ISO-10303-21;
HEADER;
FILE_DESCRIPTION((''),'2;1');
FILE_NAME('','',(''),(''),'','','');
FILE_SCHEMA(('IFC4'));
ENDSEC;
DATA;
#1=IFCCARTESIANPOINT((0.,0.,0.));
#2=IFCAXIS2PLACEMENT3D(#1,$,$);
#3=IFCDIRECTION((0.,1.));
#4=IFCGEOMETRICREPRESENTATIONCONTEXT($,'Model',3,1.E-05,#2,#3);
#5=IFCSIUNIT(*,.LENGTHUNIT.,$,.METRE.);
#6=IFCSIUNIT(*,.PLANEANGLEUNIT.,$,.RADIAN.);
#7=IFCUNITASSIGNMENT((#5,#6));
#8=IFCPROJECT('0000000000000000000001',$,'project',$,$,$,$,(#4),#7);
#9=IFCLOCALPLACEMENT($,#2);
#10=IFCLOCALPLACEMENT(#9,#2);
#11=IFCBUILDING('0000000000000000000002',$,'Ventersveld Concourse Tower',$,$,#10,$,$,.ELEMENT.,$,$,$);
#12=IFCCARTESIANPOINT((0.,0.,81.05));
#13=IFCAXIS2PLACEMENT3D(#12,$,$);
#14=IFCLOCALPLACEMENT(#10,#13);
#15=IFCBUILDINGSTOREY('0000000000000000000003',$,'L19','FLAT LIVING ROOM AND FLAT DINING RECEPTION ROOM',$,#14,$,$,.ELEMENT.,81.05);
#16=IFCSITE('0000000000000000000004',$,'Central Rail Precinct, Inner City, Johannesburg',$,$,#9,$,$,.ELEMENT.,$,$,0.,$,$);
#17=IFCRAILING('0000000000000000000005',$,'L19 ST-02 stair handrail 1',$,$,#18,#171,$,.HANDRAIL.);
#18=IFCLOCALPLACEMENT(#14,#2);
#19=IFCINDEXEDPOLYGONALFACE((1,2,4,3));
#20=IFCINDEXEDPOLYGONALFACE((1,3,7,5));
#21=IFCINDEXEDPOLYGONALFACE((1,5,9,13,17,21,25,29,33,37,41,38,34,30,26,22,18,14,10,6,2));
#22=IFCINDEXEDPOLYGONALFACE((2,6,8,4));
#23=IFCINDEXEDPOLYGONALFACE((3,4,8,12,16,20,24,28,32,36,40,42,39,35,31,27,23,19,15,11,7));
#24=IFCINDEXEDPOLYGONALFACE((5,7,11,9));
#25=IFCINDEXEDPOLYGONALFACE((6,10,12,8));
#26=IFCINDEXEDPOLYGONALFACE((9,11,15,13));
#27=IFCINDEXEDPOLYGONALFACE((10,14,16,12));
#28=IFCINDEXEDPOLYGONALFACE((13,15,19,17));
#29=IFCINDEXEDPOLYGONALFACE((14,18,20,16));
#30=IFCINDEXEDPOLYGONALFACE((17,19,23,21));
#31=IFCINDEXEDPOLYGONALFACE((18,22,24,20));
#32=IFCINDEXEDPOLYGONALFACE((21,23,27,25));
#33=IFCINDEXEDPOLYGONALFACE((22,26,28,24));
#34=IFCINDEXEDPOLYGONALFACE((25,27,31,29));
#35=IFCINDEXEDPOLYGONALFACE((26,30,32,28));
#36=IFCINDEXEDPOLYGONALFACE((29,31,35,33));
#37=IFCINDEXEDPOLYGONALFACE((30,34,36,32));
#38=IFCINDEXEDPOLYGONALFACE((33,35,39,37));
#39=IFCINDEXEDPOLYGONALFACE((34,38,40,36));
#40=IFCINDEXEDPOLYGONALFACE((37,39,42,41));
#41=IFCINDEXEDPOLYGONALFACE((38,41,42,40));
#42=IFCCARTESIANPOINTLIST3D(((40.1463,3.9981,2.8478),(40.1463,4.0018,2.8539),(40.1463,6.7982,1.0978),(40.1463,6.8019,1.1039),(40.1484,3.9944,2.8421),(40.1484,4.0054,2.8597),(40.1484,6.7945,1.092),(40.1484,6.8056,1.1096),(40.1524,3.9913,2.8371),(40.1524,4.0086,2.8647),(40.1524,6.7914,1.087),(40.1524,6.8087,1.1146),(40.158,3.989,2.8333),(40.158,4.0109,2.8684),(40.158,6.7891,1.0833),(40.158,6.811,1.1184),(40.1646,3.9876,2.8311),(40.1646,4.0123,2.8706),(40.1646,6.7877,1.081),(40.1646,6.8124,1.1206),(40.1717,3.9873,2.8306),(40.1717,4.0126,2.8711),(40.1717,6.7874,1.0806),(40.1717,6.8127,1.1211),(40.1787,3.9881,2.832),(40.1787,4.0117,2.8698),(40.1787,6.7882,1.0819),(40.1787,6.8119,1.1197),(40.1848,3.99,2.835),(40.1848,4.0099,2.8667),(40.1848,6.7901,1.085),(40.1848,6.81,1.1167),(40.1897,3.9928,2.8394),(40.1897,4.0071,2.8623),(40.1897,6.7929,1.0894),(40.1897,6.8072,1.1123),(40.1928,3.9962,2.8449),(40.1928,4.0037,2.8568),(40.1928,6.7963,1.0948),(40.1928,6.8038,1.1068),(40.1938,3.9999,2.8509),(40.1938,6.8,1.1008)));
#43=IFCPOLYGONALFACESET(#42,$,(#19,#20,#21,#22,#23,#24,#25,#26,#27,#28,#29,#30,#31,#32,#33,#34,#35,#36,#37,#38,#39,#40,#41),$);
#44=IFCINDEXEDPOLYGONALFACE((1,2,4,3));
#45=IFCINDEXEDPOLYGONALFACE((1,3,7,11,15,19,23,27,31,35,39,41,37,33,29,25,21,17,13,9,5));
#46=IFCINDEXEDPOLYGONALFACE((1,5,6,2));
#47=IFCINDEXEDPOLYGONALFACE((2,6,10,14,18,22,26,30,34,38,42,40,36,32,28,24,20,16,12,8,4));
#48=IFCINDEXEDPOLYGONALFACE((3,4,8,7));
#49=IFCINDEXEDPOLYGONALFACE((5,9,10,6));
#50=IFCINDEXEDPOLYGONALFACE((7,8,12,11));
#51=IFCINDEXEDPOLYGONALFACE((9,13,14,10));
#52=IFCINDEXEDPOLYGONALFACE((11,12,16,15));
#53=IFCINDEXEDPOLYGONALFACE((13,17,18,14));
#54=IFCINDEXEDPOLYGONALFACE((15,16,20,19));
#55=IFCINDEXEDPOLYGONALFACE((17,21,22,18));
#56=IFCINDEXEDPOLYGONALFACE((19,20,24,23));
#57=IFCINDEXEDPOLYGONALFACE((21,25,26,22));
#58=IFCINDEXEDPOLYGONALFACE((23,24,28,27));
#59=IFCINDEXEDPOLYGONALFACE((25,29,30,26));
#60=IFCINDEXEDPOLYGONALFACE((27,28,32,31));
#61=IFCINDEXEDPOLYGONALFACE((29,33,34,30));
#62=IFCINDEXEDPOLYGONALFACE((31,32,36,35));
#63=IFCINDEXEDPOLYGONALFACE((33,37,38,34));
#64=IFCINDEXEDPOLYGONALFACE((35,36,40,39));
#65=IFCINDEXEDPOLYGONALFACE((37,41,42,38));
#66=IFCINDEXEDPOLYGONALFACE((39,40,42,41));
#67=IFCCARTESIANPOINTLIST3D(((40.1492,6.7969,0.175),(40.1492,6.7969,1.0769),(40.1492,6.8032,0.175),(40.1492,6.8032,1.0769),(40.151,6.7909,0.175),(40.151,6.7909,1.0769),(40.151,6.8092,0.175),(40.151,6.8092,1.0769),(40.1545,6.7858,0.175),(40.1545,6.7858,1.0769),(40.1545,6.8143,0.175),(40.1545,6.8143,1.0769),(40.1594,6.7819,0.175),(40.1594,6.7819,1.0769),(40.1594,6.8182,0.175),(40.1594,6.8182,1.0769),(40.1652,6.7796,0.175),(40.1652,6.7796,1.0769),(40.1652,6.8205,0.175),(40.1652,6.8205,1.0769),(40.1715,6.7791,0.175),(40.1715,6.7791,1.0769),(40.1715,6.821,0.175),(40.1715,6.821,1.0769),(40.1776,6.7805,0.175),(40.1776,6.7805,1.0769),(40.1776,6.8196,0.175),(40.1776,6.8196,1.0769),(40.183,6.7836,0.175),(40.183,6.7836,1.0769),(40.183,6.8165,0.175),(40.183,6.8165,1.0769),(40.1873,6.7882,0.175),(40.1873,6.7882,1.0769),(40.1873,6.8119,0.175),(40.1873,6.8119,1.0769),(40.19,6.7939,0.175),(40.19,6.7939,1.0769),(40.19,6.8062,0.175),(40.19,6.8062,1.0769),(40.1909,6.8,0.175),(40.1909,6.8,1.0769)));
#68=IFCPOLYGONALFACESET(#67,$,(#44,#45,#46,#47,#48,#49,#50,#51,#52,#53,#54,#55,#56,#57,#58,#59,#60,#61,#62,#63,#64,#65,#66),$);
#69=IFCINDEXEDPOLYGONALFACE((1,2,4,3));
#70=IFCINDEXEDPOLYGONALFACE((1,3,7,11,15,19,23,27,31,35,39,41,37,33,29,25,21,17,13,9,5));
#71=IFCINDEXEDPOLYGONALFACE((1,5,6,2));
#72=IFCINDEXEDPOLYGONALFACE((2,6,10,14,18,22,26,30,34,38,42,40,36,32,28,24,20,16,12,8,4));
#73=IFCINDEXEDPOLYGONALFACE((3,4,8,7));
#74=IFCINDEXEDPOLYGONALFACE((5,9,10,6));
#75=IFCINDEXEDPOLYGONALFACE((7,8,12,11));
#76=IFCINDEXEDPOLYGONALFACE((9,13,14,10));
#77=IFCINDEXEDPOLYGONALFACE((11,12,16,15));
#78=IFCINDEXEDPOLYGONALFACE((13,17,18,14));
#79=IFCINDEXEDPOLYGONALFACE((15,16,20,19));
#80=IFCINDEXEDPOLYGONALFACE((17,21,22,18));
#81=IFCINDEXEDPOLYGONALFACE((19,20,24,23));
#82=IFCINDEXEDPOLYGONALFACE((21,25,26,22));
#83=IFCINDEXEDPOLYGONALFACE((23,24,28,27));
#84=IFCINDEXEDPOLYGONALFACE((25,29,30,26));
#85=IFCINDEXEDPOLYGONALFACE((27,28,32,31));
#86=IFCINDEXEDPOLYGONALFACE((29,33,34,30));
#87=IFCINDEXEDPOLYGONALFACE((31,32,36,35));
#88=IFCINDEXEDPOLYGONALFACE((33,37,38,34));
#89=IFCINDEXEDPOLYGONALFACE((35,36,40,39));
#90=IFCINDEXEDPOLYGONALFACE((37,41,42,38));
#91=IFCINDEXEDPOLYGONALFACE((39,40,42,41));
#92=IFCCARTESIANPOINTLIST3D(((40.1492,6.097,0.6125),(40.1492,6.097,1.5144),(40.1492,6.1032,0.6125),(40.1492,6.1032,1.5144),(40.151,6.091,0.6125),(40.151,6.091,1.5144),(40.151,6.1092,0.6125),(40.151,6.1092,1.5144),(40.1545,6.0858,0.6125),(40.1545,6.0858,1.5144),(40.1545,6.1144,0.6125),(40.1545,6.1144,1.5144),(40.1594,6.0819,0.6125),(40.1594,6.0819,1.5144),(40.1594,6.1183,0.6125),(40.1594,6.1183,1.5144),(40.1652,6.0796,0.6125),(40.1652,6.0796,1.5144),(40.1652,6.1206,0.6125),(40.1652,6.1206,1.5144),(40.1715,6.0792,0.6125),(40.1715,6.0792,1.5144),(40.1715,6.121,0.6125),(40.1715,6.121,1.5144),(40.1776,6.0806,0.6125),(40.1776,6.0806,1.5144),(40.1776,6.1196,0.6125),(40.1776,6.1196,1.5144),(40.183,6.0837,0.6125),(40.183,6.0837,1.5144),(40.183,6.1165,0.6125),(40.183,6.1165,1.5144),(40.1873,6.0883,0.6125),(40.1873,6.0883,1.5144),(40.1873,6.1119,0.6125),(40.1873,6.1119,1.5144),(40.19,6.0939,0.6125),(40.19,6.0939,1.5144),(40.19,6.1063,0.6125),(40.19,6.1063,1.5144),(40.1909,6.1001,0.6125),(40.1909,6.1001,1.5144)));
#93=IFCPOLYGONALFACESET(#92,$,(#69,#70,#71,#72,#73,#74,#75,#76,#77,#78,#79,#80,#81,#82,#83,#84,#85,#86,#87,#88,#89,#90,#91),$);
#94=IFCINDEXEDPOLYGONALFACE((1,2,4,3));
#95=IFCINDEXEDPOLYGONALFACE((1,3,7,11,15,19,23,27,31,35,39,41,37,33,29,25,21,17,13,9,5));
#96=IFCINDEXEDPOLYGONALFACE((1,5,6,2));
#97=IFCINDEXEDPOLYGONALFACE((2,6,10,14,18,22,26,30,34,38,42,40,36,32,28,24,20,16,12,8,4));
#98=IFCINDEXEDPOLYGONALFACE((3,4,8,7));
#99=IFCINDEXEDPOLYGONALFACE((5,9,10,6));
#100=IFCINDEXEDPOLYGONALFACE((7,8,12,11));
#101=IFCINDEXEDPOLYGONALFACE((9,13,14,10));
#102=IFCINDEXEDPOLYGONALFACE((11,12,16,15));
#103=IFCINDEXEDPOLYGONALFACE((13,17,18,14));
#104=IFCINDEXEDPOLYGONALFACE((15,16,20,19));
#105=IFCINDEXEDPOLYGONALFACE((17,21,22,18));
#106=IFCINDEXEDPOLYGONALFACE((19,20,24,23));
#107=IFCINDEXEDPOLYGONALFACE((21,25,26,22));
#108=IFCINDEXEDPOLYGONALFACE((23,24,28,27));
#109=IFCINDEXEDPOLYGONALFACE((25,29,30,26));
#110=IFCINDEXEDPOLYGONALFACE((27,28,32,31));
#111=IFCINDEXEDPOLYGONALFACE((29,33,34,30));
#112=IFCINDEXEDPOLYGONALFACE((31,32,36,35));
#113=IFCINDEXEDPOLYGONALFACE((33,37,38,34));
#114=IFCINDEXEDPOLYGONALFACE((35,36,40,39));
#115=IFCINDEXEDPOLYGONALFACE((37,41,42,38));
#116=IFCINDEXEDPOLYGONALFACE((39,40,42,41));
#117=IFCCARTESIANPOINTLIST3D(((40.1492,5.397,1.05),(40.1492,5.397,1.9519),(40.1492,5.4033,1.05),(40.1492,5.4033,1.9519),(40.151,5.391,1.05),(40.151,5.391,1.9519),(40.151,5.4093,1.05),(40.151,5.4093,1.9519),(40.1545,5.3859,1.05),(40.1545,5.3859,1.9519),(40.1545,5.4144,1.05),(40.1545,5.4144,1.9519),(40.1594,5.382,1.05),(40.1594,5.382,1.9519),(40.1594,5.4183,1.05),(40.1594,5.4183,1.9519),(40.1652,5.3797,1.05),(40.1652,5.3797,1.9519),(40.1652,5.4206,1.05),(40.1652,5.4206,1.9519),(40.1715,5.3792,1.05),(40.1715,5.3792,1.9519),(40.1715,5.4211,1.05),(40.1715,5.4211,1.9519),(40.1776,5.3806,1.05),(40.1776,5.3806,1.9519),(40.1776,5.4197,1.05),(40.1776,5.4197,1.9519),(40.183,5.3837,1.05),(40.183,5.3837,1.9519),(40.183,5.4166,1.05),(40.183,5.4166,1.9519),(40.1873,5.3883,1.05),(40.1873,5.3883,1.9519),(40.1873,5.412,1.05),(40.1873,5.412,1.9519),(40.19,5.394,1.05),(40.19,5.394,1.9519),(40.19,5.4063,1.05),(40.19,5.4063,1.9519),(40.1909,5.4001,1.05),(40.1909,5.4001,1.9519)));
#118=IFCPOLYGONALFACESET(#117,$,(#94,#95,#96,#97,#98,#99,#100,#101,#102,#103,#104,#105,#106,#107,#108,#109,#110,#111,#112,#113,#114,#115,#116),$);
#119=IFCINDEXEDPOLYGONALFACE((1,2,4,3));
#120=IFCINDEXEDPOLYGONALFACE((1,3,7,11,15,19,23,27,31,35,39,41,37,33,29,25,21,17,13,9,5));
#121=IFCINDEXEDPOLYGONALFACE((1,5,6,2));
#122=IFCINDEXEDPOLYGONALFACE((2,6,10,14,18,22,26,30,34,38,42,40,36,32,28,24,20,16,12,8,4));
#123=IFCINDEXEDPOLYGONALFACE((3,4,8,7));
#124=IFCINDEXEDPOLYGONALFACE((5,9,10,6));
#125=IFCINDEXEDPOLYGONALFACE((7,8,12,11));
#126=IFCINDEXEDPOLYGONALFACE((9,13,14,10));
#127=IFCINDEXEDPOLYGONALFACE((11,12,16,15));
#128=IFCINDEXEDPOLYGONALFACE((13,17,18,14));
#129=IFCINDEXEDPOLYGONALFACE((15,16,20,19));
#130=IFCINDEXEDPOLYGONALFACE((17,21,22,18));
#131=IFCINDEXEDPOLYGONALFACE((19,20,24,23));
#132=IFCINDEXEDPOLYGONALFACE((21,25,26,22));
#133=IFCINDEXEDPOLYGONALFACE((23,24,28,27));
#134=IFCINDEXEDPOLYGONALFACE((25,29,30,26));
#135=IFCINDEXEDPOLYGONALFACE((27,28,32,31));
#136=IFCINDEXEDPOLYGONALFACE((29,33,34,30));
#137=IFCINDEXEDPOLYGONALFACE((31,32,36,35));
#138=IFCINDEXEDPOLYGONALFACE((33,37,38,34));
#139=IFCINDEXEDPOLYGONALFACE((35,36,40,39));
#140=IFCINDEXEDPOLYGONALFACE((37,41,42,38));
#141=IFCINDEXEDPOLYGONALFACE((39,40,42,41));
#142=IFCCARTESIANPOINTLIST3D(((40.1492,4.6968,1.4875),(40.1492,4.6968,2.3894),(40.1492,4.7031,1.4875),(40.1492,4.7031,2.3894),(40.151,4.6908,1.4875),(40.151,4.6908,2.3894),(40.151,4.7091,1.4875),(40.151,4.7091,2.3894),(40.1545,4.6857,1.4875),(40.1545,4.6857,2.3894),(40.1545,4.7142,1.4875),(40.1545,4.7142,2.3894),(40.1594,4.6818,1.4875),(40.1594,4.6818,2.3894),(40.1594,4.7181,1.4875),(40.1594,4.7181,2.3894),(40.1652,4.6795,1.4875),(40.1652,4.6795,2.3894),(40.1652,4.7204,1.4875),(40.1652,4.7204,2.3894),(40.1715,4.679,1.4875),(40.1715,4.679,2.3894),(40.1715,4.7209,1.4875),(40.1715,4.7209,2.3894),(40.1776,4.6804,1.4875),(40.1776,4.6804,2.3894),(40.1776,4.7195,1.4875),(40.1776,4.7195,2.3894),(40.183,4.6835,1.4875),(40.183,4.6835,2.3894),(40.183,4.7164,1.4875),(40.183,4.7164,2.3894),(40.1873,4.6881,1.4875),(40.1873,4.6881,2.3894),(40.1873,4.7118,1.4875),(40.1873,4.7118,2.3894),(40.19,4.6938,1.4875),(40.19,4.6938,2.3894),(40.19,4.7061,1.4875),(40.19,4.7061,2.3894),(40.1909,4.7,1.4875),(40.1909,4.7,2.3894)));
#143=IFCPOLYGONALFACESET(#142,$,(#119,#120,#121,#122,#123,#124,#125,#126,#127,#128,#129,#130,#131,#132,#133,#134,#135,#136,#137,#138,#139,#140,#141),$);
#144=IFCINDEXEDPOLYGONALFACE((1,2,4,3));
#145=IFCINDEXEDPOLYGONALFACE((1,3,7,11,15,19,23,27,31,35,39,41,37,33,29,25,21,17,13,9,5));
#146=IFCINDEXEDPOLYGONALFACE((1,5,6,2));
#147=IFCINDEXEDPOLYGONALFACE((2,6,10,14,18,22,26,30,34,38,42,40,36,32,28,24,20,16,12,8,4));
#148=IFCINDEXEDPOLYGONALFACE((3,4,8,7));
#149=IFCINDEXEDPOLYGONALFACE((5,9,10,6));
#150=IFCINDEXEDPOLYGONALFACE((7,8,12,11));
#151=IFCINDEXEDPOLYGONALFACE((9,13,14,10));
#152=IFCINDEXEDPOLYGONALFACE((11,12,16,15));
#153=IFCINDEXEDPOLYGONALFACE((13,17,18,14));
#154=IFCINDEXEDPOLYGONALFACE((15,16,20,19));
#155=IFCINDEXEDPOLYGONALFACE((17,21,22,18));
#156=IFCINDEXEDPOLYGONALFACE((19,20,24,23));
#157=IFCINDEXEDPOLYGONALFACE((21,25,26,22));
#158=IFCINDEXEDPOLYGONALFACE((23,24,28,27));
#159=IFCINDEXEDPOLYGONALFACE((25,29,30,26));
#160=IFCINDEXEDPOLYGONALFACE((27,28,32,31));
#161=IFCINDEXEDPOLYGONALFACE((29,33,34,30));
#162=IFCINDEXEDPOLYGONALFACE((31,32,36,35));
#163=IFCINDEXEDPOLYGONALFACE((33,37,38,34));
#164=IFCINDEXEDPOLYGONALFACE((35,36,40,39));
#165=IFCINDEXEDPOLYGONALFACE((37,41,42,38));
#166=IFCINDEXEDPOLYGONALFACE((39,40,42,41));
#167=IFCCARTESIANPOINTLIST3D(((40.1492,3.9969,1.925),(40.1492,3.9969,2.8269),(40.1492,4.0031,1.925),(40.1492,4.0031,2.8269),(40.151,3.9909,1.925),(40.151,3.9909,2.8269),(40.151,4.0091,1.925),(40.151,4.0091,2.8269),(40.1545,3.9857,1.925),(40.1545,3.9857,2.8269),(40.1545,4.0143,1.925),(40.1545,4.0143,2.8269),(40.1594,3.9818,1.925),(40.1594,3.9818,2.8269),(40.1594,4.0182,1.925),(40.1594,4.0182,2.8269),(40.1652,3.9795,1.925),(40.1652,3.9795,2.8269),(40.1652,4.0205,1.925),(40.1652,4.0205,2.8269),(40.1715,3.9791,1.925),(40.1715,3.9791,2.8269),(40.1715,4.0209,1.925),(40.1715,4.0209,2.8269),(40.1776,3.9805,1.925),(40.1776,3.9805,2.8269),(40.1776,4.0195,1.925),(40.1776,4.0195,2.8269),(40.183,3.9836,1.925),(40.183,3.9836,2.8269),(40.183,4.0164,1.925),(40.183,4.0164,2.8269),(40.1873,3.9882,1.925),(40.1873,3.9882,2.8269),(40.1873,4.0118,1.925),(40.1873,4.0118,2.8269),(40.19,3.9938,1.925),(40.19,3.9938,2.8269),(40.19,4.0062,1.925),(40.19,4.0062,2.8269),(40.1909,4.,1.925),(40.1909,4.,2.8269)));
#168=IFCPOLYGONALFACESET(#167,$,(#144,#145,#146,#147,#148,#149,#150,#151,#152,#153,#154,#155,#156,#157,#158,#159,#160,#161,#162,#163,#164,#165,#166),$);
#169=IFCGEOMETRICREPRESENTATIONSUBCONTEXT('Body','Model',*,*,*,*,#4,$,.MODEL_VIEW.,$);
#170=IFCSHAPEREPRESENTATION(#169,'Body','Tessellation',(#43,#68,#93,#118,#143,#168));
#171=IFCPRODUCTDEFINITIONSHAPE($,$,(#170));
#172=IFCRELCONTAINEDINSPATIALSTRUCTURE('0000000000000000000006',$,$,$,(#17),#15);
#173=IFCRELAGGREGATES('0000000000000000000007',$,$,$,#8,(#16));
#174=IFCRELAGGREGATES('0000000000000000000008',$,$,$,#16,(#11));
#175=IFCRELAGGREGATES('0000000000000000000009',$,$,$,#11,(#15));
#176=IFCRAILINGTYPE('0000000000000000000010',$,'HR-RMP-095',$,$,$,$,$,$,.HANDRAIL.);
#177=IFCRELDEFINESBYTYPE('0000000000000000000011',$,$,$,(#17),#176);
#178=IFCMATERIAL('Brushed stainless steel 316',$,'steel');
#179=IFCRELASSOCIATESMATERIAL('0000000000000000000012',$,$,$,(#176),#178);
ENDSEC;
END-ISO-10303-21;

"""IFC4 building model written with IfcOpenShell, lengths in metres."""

from ifc_helpers import new_model, si_unit, direction, frame, origin, origin_2d, place, context, subcontext, project, spatial, circle, extrude, material, type_object, element, save


model = new_model("IFC4")

# Units and contexts
model_context = context("Model", 3, precision=1e-05, world=origin(), true_north=direction((0.0, 1.0)))
body_context = subcontext(model_context, "Body", "Model", "MODEL_VIEW")
ifc_project = project(units=[si_unit("LENGTHUNIT", "METRE"), si_unit("PLANEANGLEUNIT", "RADIAN")], contexts=[model_context])

# Site, building, storey
site_placement = place(None, origin())
site = spatial("IfcSite", under=ifc_project, at=site_placement, Name="Central Rail Precinct, Inner City, Johannesburg", CompositionType="ELEMENT", RefElevation=0.0)
building_placement = place(site_placement, origin())
building = spatial("IfcBuilding", under=site, at=building_placement, Name="Ventersveld Concourse Tower", CompositionType="ELEMENT")
storey_placement = place(building_placement, frame((0.0, 0.0, 81.05)))
storey = spatial("IfcBuildingStorey", under=building, at=storey_placement, Name="L19", Description="FLAT LIVING ROOM AND FLAT DINING RECEPTION ROOM", CompositionType="ELEMENT", Elevation=81.05)

# Railing
ifc_material_1 = material(Name="Brushed stainless steel 316", Category="steel")
railing_type_1 = type_object("IfcRailingType", Name="HR-RMP-095", PredefinedType="HANDRAIL", material=ifc_material_1)
railing_1_placement = place(storey_placement, frame((40.1699, 6.8, 0.175)))
element("IfcRailing", 1, at=railing_1_placement, inside=storey, type_object=railing_type_1, Name="L19 ST-02 stair handrail 1", PredefinedType="HANDRAIL", context=body_context, shape_type="SweptSolid", body=[
    extrude(circle(Radius=0.0239, at=origin_2d()), frame((0.0, 0.0, 0.9258), z_axis=(0.0, -0.848002, 0.529992), x_axis=(1.0, 0.0, 0.0)), (0.0, 0.0, 1.0), 3.302),
    extrude(circle(Radius=0.021, at=origin_2d()), origin(), (0.0, 0.0, 1.0), 0.9019),
    extrude(circle(Radius=0.021, at=origin_2d()), frame((0.0, -0.7, 0.4375)), (0.0, 0.0, 1.0), 0.9019),
    extrude(circle(Radius=0.021, at=origin_2d()), frame((0.0, -1.3999, 0.875)), (0.0, 0.0, 1.0), 0.9019),
    extrude(circle(Radius=0.021, at=origin_2d()), frame((0.0, -2.1001, 1.3125)), (0.0, 0.0, 1.0), 0.9019),
    extrude(circle(Radius=0.021, at=origin_2d()), frame((0.0, -2.8, 1.75)), (0.0, 0.0, 1.0), 0.9019),
])

save(model, "model.ifc")
